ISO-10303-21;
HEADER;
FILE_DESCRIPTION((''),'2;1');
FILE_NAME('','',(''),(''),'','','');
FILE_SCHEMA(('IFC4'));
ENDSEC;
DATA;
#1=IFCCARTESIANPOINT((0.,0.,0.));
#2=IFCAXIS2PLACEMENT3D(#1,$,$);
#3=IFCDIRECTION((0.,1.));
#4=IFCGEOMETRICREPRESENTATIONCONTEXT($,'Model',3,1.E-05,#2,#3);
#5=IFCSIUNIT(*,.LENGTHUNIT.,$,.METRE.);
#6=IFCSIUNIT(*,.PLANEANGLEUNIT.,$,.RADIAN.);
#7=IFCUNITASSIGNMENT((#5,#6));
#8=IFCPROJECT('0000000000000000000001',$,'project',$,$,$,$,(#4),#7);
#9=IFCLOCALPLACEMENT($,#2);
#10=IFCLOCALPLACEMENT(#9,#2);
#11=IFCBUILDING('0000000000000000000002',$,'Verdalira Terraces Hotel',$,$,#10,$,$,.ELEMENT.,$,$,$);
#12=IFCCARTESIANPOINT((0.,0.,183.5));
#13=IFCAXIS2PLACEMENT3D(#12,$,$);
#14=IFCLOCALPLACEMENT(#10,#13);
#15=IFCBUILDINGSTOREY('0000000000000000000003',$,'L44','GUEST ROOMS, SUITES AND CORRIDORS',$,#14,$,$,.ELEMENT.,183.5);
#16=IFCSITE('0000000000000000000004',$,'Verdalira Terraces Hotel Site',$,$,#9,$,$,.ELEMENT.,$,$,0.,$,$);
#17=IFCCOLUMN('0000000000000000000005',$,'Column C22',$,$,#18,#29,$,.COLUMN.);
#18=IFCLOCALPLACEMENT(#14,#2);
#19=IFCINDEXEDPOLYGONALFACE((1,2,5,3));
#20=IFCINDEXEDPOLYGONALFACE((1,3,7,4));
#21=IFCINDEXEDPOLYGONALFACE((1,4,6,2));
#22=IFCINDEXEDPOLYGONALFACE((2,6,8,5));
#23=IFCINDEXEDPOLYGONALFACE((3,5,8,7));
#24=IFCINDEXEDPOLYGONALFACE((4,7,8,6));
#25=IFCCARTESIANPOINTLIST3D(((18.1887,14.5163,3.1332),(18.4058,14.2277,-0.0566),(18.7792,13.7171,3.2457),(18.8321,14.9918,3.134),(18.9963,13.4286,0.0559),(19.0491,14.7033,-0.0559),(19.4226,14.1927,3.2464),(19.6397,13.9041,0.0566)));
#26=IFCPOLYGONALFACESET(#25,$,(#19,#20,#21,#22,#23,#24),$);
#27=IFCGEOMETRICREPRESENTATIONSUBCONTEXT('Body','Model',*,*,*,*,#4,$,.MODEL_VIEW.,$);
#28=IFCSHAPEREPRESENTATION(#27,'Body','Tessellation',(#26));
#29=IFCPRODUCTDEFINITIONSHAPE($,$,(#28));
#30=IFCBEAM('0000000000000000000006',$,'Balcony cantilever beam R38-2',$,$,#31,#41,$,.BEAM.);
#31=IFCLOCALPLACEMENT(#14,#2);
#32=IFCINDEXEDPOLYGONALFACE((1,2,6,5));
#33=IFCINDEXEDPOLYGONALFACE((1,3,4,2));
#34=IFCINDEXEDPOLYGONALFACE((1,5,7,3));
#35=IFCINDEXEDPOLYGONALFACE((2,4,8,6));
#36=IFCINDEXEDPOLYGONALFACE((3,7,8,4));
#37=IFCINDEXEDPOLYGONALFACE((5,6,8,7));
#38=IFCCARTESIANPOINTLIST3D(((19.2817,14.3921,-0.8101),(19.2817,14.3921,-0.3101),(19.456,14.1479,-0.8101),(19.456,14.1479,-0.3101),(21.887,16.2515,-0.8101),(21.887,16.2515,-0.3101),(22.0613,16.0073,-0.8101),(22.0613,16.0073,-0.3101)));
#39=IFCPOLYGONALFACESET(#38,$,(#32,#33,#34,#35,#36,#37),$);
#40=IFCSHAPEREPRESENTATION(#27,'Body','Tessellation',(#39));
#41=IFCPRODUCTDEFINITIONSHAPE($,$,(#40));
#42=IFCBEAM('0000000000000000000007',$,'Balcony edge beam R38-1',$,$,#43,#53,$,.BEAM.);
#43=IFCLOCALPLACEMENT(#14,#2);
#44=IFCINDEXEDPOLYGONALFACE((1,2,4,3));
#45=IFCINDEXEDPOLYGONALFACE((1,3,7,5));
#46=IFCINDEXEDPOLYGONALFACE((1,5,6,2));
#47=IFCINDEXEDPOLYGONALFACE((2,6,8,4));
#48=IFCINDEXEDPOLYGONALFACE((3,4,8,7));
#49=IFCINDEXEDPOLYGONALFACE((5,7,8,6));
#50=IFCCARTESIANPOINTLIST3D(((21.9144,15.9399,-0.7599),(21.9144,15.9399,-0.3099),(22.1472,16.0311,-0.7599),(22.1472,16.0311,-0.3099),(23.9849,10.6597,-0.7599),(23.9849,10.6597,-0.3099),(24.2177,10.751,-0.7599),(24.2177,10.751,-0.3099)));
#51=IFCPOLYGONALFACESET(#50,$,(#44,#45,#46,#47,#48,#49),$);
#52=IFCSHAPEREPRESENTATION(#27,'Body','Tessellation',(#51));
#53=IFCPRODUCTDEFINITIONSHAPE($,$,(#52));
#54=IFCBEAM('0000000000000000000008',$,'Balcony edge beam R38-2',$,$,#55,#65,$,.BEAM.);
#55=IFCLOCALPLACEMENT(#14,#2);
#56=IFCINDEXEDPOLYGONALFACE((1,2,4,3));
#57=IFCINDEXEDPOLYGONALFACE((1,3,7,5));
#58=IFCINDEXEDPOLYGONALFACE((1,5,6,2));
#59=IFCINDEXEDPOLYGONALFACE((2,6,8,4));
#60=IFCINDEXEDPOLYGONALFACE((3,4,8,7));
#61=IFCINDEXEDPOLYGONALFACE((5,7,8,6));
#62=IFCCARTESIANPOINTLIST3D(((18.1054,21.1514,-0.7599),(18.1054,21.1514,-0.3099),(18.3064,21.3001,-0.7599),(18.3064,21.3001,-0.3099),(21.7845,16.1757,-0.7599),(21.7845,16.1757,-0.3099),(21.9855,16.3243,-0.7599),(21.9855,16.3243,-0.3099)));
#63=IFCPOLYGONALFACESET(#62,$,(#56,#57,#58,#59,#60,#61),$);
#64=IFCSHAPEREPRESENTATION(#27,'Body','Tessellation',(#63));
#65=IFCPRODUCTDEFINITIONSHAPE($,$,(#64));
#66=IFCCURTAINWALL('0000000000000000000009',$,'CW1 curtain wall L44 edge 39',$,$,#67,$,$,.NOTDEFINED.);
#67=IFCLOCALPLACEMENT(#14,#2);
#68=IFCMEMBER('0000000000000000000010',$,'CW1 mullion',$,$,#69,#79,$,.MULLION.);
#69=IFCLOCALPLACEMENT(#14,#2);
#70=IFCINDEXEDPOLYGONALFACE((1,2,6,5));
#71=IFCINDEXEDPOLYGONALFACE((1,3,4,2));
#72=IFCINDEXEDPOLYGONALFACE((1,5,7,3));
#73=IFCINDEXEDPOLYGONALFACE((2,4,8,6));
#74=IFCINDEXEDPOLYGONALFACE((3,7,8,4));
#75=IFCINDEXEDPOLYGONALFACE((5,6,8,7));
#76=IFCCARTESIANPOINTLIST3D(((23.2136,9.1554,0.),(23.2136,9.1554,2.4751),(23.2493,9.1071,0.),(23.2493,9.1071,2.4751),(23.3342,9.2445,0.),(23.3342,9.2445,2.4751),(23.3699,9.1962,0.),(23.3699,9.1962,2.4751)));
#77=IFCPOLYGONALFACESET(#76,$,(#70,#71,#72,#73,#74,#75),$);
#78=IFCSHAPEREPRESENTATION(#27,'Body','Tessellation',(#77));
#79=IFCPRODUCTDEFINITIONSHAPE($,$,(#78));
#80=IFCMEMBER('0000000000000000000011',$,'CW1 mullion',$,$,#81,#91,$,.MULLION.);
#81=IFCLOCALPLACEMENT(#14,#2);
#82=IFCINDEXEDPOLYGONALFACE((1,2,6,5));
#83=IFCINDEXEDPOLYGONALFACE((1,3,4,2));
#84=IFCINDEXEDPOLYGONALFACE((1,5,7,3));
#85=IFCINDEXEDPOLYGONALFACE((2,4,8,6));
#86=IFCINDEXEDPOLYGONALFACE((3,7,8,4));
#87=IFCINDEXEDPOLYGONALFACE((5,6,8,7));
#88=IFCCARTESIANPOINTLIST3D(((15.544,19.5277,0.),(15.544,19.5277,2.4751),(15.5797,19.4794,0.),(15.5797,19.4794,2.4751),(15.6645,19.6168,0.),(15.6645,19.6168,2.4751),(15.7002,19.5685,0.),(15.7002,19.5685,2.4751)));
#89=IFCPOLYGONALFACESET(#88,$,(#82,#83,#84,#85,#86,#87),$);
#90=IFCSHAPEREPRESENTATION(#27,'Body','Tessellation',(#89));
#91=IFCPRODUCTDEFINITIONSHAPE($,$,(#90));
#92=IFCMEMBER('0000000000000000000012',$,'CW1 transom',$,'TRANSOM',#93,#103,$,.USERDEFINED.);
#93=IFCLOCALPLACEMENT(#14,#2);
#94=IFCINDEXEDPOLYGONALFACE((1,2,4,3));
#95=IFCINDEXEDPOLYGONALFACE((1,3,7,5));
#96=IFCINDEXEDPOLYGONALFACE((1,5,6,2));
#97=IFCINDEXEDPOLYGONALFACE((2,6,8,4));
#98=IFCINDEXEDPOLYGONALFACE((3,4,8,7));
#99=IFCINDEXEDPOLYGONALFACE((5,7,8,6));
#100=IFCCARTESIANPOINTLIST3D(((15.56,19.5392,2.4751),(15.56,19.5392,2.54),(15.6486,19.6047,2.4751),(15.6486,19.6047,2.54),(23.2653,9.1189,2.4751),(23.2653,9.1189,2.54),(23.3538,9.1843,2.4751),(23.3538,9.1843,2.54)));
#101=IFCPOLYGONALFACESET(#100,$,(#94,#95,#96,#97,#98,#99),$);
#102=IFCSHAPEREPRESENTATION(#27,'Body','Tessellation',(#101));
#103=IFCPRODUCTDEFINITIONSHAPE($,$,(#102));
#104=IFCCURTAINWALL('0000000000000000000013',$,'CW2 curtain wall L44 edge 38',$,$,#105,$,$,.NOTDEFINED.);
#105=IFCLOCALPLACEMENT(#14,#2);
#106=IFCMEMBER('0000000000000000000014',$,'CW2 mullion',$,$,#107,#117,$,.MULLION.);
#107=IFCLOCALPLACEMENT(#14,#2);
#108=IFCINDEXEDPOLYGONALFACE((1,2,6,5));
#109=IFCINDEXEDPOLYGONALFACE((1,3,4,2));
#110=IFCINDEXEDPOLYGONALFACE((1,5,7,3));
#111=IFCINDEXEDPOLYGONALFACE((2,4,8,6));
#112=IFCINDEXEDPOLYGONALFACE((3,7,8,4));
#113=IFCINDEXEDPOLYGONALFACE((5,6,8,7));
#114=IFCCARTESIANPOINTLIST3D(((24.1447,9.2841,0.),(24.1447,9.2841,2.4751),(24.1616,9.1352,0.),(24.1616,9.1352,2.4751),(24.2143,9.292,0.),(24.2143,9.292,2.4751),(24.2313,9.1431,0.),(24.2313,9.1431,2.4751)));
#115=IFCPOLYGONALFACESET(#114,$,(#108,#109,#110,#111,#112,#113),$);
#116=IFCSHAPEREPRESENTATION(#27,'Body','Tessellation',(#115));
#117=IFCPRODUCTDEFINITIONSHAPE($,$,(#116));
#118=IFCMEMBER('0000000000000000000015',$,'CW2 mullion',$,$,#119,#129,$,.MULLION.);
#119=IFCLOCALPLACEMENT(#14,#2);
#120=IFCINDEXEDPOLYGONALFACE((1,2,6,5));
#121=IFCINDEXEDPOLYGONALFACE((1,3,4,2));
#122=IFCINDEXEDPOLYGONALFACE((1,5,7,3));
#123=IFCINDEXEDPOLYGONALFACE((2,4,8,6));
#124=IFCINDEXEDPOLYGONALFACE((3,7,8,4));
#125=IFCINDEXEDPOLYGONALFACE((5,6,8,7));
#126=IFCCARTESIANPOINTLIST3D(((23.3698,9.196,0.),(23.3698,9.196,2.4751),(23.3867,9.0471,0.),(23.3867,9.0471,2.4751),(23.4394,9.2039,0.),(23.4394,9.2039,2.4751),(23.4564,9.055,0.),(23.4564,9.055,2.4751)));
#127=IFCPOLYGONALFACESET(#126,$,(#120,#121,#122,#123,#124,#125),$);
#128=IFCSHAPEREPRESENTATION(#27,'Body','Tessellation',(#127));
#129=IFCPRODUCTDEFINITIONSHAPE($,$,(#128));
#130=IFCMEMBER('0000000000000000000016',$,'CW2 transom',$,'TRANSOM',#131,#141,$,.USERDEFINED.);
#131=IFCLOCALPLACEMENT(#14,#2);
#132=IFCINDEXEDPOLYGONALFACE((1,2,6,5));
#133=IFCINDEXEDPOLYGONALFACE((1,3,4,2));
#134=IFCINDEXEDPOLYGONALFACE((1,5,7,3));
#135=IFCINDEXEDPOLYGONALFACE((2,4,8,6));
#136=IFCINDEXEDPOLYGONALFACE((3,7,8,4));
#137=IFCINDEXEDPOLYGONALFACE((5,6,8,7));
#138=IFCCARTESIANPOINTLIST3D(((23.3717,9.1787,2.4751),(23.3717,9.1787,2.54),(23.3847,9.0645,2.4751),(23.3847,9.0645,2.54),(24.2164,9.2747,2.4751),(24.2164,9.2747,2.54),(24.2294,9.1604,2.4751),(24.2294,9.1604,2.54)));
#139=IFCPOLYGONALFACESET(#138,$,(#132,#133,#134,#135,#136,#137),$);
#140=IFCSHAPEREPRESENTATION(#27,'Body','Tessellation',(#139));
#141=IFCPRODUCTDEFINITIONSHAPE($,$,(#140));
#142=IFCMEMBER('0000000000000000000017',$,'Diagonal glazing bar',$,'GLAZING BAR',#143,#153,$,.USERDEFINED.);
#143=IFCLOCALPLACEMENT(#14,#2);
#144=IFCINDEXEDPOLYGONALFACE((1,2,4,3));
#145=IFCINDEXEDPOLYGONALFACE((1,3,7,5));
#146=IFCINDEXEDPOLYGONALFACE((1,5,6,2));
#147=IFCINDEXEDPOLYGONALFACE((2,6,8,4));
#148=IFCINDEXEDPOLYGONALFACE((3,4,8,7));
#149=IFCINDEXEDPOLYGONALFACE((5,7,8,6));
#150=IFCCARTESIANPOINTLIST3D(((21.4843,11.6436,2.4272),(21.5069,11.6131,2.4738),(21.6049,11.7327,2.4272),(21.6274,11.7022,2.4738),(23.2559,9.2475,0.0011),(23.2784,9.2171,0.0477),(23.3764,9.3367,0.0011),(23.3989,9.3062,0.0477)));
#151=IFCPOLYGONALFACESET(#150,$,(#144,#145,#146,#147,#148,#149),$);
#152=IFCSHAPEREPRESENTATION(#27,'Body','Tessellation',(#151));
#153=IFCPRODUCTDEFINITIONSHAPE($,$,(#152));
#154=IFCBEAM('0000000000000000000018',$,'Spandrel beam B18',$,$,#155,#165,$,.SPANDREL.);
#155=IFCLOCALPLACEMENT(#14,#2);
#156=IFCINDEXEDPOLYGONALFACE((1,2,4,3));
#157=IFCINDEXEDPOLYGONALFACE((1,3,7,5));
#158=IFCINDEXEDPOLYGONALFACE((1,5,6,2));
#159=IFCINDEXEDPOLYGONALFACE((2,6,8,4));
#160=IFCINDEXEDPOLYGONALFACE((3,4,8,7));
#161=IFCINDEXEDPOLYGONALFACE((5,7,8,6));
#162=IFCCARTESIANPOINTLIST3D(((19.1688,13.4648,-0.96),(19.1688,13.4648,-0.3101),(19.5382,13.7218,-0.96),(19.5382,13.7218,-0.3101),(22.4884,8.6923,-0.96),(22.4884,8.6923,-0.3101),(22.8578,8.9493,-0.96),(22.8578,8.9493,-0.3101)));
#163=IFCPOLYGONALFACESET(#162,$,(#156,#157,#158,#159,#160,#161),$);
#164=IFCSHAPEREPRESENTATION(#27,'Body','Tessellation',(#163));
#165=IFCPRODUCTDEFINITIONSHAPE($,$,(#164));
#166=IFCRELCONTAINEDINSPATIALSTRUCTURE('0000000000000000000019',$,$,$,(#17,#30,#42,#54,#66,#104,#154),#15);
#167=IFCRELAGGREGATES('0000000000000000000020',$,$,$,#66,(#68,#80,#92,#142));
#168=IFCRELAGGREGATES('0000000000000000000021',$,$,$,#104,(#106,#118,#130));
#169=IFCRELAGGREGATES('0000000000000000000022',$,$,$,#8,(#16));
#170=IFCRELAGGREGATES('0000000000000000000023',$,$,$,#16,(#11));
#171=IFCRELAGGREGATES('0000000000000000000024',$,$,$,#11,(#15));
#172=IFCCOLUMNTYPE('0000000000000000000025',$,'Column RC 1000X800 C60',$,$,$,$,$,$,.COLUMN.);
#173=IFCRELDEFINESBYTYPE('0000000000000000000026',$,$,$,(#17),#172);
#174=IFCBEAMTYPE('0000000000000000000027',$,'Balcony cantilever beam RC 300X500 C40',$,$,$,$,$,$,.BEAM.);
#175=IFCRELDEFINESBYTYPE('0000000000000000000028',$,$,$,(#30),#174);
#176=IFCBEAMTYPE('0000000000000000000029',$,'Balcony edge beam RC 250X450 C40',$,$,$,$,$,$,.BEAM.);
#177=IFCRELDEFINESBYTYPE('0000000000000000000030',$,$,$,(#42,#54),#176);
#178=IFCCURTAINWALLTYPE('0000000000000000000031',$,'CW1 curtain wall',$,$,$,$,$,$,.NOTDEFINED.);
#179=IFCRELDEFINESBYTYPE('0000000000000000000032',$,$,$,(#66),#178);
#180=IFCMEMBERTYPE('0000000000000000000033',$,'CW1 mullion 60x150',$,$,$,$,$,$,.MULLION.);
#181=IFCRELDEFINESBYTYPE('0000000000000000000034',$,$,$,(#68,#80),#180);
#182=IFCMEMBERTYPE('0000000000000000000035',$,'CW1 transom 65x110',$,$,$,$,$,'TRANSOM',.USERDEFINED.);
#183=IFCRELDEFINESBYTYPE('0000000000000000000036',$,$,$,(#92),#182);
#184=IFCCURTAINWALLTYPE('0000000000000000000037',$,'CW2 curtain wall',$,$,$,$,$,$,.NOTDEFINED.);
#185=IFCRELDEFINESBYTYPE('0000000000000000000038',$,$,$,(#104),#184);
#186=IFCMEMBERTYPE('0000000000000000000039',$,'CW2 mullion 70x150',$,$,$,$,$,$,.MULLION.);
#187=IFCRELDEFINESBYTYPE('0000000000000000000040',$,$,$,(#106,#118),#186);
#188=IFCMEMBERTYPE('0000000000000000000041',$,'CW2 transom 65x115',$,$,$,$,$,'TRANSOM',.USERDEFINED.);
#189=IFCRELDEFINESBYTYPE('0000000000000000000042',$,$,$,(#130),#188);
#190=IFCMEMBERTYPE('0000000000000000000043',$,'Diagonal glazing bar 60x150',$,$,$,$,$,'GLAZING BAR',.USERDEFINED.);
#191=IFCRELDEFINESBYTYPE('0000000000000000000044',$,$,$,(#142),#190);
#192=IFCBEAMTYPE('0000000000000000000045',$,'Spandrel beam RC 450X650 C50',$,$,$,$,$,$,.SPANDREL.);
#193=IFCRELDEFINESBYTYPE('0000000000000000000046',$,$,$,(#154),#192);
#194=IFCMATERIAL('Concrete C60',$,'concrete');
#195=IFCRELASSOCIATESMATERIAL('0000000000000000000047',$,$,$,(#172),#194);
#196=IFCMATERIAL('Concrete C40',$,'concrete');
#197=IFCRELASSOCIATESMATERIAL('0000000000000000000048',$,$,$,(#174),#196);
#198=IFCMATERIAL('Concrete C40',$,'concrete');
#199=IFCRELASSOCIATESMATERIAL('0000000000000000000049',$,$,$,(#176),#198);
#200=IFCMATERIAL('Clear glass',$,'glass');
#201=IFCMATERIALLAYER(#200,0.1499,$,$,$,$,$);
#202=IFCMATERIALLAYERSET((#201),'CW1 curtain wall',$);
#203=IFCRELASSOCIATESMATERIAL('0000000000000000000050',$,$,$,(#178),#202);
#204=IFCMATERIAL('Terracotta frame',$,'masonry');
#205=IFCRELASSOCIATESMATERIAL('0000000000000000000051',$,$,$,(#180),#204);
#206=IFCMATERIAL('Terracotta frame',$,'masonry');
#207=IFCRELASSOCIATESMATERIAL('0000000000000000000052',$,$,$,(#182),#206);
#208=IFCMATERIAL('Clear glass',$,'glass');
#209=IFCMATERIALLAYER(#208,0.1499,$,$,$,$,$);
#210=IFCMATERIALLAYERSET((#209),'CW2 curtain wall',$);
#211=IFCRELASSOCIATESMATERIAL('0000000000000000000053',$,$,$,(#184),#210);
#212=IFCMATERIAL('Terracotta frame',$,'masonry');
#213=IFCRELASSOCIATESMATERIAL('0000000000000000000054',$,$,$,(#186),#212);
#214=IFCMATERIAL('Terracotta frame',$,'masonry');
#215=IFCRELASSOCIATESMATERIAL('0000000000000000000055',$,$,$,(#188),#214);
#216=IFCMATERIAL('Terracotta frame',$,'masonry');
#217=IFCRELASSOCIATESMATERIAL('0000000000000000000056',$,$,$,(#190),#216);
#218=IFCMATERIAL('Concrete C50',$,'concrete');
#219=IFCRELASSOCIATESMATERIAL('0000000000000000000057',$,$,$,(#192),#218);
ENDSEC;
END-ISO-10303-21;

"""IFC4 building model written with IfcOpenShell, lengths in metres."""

from ifc_helpers import new_model, si_unit, direction, frame, origin, origin_2d, place, context, subcontext, project, spatial, rectangle, extrude, material, layer, layer_set, material_profile, profile_set, type_object, element, aggregate, save


model = new_model("IFC4")

# Units and contexts
model_context = context("Model", 3, precision=1e-05, world=origin(), true_north=direction((0.0, 1.0)))
body_context = subcontext(model_context, "Body", "Model", "MODEL_VIEW")
ifc_project = project(units=[si_unit("LENGTHUNIT", "METRE"), si_unit("PLANEANGLEUNIT", "RADIAN")], contexts=[model_context])

# Site, building, storey
site_placement = place(None, origin())
site = spatial("IfcSite", under=ifc_project, at=site_placement, Name="Verdalira Terraces Hotel Site", CompositionType="ELEMENT", RefElevation=0.0)
building_placement = place(site_placement, origin())
building = spatial("IfcBuilding", under=site, at=building_placement, Name="Verdalira Terraces Hotel", CompositionType="ELEMENT")
storey_placement = place(building_placement, frame((0.0, 0.0, 183.5)))
storey = spatial("IfcBuildingStorey", under=building, at=storey_placement, Name="L44", Description="GUEST ROOMS, SUITES AND CORRIDORS", CompositionType="ELEMENT", Elevation=183.5)

# Column
ifc_material_1 = material(Name="Concrete C60", Category="concrete")
ifc_material_profile_1 = material_profile(ifc_material_1, rectangle(XDim=1.0, YDim=0.8, at=origin_2d()), Name="RC 1000X800")
ifc_profile_set_1 = profile_set([ifc_material_profile_1], Name="Concrete C60")
column_type = type_object("IfcColumnType", Name="Column RC 1000X800 C60", PredefinedType="COLUMN", material=ifc_profile_set_1)
column_placement = place(storey_placement, frame((19.0227, 14.0659, 0.0), z_axis=(-0.067607, 0.08989, 0.993654), x_axis=(-0.590507, 0.799156, -0.112472)))
element("IfcColumn", 1, at=column_placement, inside=storey, type_object=column_type, Name="Column C22", PredefinedType="COLUMN", context=body_context, shape_type="SweptSolid", body=[
    extrude(rectangle(XDim=1.0, YDim=0.8, at=origin_2d()), origin(), (0.0, 0.0, 1.0), 3.2102),
])

# Beams
ifc_material_2 = material(Name="Concrete C40", Category="concrete")
ifc_material_profile_2 = material_profile(ifc_material_2, rectangle(XDim=0.3, YDim=0.5, at=origin_2d()), Name="RC 300X500")
ifc_profile_set_2 = profile_set([ifc_material_profile_2], Name="Concrete C40")
beam_type_1 = type_object("IfcBeamType", Name="Balcony cantilever beam RC 300X500 C40", PredefinedType="BEAM", material=ifc_profile_set_2)
beam_1_placement = place(storey_placement, frame((19.3689, 14.27, -0.5601), z_axis=(0.813955, 0.580928, 0.0), x_axis=(-0.580928, 0.813955, 0.0)))
element("IfcBeam", 2, at=beam_1_placement, inside=storey, type_object=beam_type_1, Name="Balcony cantilever beam R38-2", PredefinedType="BEAM", context=body_context, shape_type="SweptSolid", body=[
    extrude(rectangle(XDim=0.3, YDim=0.5, at=origin_2d()), origin(), (0.0, 0.0, 1.0), 3.2007),
])
ifc_material_3 = material(Name="Concrete C40", Category="concrete")
ifc_material_profile_3 = material_profile(ifc_material_3, rectangle(XDim=0.25, YDim=0.45, at=origin_2d()), Name="RC 250X450")
ifc_profile_set_3 = profile_set([ifc_material_profile_3], Name="Concrete C40")
beam_type_2 = type_object("IfcBeamType", Name="Balcony edge beam RC 250X450 C40", PredefinedType="BEAM", material=ifc_profile_set_3)
beam_2_placement = place(storey_placement, frame((24.1013, 10.7053, -0.5349), z_axis=(-0.365066, 0.930982, 0.0), x_axis=(-0.930982, -0.365066, 0.0)))
element("IfcBeam", 3, at=beam_2_placement, inside=storey, type_object=beam_type_2, Name="Balcony edge beam R38-1", PredefinedType="BEAM", context=body_context, shape_type="SweptSolid", body=[
    extrude(rectangle(XDim=0.25, YDim=0.45, at=origin_2d()), origin(), (0.0, 0.0, 1.0), 5.6716),
])
beam_3_placement = place(storey_placement, frame((21.885, 16.25, -0.5349), z_axis=(-0.594539, 0.804067, 0.0), x_axis=(-0.804067, -0.594539, 0.0)))
element("IfcBeam", 4, at=beam_3_placement, inside=storey, type_object=beam_type_2, Name="Balcony edge beam R38-2", PredefinedType="BEAM", context=body_context, shape_type="SweptSolid", body=[
    extrude(rectangle(XDim=0.25, YDim=0.45, at=origin_2d()), origin(), (0.0, 0.0, 1.0), 6.1882),
])

# Curtain walls, members
ifc_material_4 = material(Name="Clear glass", Category="glass")
ifc_layer_1 = layer(ifc_material_4, 0.1499)
ifc_layer_set_1 = layer_set([ifc_layer_1], Name="CW1 curtain wall")
curtain_wall_type_1 = type_object("IfcCurtainWallType", Name="CW1 curtain wall", PredefinedType="NOTDEFINED", material=ifc_layer_set_1)
curtain_wall_1_placement = place(storey_placement, origin())
curtain_wall_1 = element("IfcCurtainWall", 5, at=curtain_wall_1_placement, inside=storey, type_object=curtain_wall_type_1, Name="CW1 curtain wall L44 edge 39", PredefinedType="NOTDEFINED")
ifc_material_5 = material(Name="Terracotta frame", Category="masonry")
ifc_material_profile_4 = material_profile(ifc_material_5, rectangle(XDim=0.0601, YDim=0.1499, at=origin_2d()), Name="MU 60x150")
ifc_profile_set_4 = profile_set([ifc_material_profile_4], Name="Terracotta frame")
member_type_1 = type_object("IfcMemberType", Name="CW1 mullion 60x150", PredefinedType="MULLION", material=ifc_profile_set_4)
member_1_placement = place(storey_placement, frame((23.2917, 9.1758, 0.0), z_axis=(0.0, 0.0, 1.0), x_axis=(-0.594542, 0.804064, 0.0)))
member_1 = element("IfcMember", 6, at=member_1_placement, type_object=member_type_1, Name="CW1 mullion", PredefinedType="MULLION", context=body_context, shape_type="SweptSolid", body=[
    extrude(rectangle(XDim=0.0601, YDim=0.1499, at=origin_2d()), origin(), (0.0, 0.0, 1.0), 2.4751),
])
member_2_placement = place(storey_placement, frame((15.6221, 19.5481, 0.0), z_axis=(0.0, 0.0, 1.0), x_axis=(-0.594542, 0.804064, 0.0)))
member_2 = element("IfcMember", 7, at=member_2_placement, type_object=member_type_1, Name="CW1 mullion", PredefinedType="MULLION", context=body_context, shape_type="SweptSolid", body=[
    extrude(rectangle(XDim=0.0601, YDim=0.1499, at=origin_2d()), origin(), (0.0, 0.0, 1.0), 2.4751),
])
ifc_material_6 = material(Name="Terracotta frame", Category="masonry")
ifc_material_profile_5 = material_profile(ifc_material_6, rectangle(XDim=0.1101, YDim=0.0649, at=origin_2d()), Name="TR 65x110")
ifc_profile_set_5 = profile_set([ifc_material_profile_5], Name="Terracotta frame")
member_type_2 = type_object("IfcMemberType", Name="CW1 transom 65x110", ElementType="TRANSOM", PredefinedType="USERDEFINED", material=ifc_profile_set_5)
member_3_placement = place(storey_placement, frame((23.3096, 9.1516, 2.5076), z_axis=(-0.594555, 0.804055, 0.0), x_axis=(-0.804055, -0.594555, 0.0)))
member_3 = element("IfcMember", 8, at=member_3_placement, type_object=member_type_2, Name="CW1 transom", ObjectType="TRANSOM", PredefinedType="USERDEFINED", context=body_context, shape_type="SweptSolid", body=[
    extrude(rectangle(XDim=0.1101, YDim=0.0649, at=origin_2d()), origin(), (0.0, 0.0, 1.0), 12.9597),
])
ifc_material_7 = material(Name="Clear glass", Category="glass")
ifc_layer_2 = layer(ifc_material_7, 0.1499)
ifc_layer_set_2 = layer_set([ifc_layer_2], Name="CW2 curtain wall")
curtain_wall_type_2 = type_object("IfcCurtainWallType", Name="CW2 curtain wall", PredefinedType="NOTDEFINED", material=ifc_layer_set_2)
curtain_wall_2_placement = place(storey_placement, origin())
curtain_wall_2 = element("IfcCurtainWall", 9, at=curtain_wall_2_placement, inside=storey, type_object=curtain_wall_type_2, Name="CW2 curtain wall L44 edge 38", PredefinedType="NOTDEFINED")
ifc_material_8 = material(Name="Terracotta frame", Category="masonry")
ifc_material_profile_6 = material_profile(ifc_material_8, rectangle(XDim=0.0701, YDim=0.1499, at=origin_2d()), Name="MU 70x150")
ifc_profile_set_6 = profile_set([ifc_material_profile_6], Name="Terracotta frame")
member_type_3 = type_object("IfcMemberType", Name="CW2 mullion 70x150", PredefinedType="MULLION", material=ifc_profile_set_6)
member_4_placement = place(storey_placement, frame((24.188, 9.2136, 0.0), z_axis=(0.0, 0.0, 1.0), x_axis=(-0.993611, -0.112856, 0.0)))
member_4 = element("IfcMember", 10, at=member_4_placement, type_object=member_type_3, Name="CW2 mullion", PredefinedType="MULLION", context=body_context, shape_type="SweptSolid", body=[
    extrude(rectangle(XDim=0.0701, YDim=0.1499, at=origin_2d()), origin(), (0.0, 0.0, 1.0), 2.4751),
])
member_5_placement = place(storey_placement, frame((23.4131, 9.1255, 0.0), z_axis=(0.0, 0.0, 1.0), x_axis=(-0.993611, -0.112856, 0.0)))
member_5 = element("IfcMember", 11, at=member_5_placement, type_object=member_type_3, Name="CW2 mullion", PredefinedType="MULLION", context=body_context, shape_type="SweptSolid", body=[
    extrude(rectangle(XDim=0.0701, YDim=0.1499, at=origin_2d()), origin(), (0.0, 0.0, 1.0), 2.4751),
])
ifc_material_9 = material(Name="Terracotta frame", Category="masonry")
ifc_material_profile_7 = material_profile(ifc_material_9, rectangle(XDim=0.115, YDim=0.0649, at=origin_2d()), Name="TR 65x115")
ifc_profile_set_7 = profile_set([ifc_material_profile_7], Name="Terracotta frame")
member_type_4 = type_object("IfcMemberType", Name="CW2 transom 65x115", ElementType="TRANSOM", PredefinedType="USERDEFINED", material=ifc_profile_set_7)
member_6_placement = place(storey_placement, frame((24.2229, 9.2175, 2.5076), z_axis=(-0.993611, -0.112858, 0.0), x_axis=(0.112858, -0.993611, 0.0)))
member_6 = element("IfcMember", 12, at=member_6_placement, type_object=member_type_4, Name="CW2 transom", ObjectType="TRANSOM", PredefinedType="USERDEFINED", context=body_context, shape_type="SweptSolid", body=[
    extrude(rectangle(XDim=0.115, YDim=0.0649, at=origin_2d()), origin(), (0.0, 0.0, 1.0), 0.8501),
])

# Member
ifc_material_10 = material(Name="Terracotta frame", Category="masonry")
ifc_material_profile_8 = material_profile(ifc_material_10, rectangle(XDim=0.1499, YDim=0.0601, at=origin_2d()), Name="GB 60x150")
ifc_profile_set_8 = profile_set([ifc_material_profile_8], Name="Terracotta frame")
member_type_5 = type_object("IfcMemberType", Name="Diagonal glazing bar 60x150", ElementType="GLAZING BAR", PredefinedType="USERDEFINED", material=ifc_profile_set_8)
member_7_placement = place(storey_placement, frame((23.3274, 9.2769, 0.0244), z_axis=(-0.461028, 0.623557, 0.631372), x_axis=(-0.804091, -0.594506, 0.0)))
member_7 = element("IfcMember", 13, at=member_7_placement, type_object=member_type_5, Name="Diagonal glazing bar", ObjectType="GLAZING BAR", PredefinedType="USERDEFINED", context=body_context, shape_type="SweptSolid", body=[
    extrude(rectangle(XDim=0.1499, YDim=0.0601, at=origin_2d()), origin(), (0.0, 0.0, 1.0), 3.8425),
])

# Beam
ifc_material_11 = material(Name="Concrete C50", Category="concrete")
ifc_material_profile_9 = material_profile(ifc_material_11, rectangle(XDim=0.45, YDim=0.6499, at=origin_2d()), Name="RC 450X650")
ifc_profile_set_9 = profile_set([ifc_material_profile_9], Name="Concrete C50")
beam_type_3 = type_object("IfcBeamType", Name="Spandrel beam RC 450X650 C50", PredefinedType="SPANDREL", material=ifc_profile_set_9)
beam_4_placement = place(storey_placement, frame((22.6731, 8.8208, -0.635), z_axis=(-0.571019, 0.820937, 0.0), x_axis=(-0.820937, -0.571019, 0.0)))
element("IfcBeam", 14, at=beam_4_placement, inside=storey, type_object=beam_type_3, Name="Spandrel beam B18", PredefinedType="SPANDREL", context=body_context, shape_type="SweptSolid", body=[
    extrude(rectangle(XDim=0.45, YDim=0.6499, at=origin_2d()), origin(), (0.0, 0.0, 1.0), 5.8135),
])

aggregate(curtain_wall_1, [member_1, member_2, member_3, member_7])
aggregate(curtain_wall_2, [member_4, member_5, member_6])

save(model, "model.ifc")
